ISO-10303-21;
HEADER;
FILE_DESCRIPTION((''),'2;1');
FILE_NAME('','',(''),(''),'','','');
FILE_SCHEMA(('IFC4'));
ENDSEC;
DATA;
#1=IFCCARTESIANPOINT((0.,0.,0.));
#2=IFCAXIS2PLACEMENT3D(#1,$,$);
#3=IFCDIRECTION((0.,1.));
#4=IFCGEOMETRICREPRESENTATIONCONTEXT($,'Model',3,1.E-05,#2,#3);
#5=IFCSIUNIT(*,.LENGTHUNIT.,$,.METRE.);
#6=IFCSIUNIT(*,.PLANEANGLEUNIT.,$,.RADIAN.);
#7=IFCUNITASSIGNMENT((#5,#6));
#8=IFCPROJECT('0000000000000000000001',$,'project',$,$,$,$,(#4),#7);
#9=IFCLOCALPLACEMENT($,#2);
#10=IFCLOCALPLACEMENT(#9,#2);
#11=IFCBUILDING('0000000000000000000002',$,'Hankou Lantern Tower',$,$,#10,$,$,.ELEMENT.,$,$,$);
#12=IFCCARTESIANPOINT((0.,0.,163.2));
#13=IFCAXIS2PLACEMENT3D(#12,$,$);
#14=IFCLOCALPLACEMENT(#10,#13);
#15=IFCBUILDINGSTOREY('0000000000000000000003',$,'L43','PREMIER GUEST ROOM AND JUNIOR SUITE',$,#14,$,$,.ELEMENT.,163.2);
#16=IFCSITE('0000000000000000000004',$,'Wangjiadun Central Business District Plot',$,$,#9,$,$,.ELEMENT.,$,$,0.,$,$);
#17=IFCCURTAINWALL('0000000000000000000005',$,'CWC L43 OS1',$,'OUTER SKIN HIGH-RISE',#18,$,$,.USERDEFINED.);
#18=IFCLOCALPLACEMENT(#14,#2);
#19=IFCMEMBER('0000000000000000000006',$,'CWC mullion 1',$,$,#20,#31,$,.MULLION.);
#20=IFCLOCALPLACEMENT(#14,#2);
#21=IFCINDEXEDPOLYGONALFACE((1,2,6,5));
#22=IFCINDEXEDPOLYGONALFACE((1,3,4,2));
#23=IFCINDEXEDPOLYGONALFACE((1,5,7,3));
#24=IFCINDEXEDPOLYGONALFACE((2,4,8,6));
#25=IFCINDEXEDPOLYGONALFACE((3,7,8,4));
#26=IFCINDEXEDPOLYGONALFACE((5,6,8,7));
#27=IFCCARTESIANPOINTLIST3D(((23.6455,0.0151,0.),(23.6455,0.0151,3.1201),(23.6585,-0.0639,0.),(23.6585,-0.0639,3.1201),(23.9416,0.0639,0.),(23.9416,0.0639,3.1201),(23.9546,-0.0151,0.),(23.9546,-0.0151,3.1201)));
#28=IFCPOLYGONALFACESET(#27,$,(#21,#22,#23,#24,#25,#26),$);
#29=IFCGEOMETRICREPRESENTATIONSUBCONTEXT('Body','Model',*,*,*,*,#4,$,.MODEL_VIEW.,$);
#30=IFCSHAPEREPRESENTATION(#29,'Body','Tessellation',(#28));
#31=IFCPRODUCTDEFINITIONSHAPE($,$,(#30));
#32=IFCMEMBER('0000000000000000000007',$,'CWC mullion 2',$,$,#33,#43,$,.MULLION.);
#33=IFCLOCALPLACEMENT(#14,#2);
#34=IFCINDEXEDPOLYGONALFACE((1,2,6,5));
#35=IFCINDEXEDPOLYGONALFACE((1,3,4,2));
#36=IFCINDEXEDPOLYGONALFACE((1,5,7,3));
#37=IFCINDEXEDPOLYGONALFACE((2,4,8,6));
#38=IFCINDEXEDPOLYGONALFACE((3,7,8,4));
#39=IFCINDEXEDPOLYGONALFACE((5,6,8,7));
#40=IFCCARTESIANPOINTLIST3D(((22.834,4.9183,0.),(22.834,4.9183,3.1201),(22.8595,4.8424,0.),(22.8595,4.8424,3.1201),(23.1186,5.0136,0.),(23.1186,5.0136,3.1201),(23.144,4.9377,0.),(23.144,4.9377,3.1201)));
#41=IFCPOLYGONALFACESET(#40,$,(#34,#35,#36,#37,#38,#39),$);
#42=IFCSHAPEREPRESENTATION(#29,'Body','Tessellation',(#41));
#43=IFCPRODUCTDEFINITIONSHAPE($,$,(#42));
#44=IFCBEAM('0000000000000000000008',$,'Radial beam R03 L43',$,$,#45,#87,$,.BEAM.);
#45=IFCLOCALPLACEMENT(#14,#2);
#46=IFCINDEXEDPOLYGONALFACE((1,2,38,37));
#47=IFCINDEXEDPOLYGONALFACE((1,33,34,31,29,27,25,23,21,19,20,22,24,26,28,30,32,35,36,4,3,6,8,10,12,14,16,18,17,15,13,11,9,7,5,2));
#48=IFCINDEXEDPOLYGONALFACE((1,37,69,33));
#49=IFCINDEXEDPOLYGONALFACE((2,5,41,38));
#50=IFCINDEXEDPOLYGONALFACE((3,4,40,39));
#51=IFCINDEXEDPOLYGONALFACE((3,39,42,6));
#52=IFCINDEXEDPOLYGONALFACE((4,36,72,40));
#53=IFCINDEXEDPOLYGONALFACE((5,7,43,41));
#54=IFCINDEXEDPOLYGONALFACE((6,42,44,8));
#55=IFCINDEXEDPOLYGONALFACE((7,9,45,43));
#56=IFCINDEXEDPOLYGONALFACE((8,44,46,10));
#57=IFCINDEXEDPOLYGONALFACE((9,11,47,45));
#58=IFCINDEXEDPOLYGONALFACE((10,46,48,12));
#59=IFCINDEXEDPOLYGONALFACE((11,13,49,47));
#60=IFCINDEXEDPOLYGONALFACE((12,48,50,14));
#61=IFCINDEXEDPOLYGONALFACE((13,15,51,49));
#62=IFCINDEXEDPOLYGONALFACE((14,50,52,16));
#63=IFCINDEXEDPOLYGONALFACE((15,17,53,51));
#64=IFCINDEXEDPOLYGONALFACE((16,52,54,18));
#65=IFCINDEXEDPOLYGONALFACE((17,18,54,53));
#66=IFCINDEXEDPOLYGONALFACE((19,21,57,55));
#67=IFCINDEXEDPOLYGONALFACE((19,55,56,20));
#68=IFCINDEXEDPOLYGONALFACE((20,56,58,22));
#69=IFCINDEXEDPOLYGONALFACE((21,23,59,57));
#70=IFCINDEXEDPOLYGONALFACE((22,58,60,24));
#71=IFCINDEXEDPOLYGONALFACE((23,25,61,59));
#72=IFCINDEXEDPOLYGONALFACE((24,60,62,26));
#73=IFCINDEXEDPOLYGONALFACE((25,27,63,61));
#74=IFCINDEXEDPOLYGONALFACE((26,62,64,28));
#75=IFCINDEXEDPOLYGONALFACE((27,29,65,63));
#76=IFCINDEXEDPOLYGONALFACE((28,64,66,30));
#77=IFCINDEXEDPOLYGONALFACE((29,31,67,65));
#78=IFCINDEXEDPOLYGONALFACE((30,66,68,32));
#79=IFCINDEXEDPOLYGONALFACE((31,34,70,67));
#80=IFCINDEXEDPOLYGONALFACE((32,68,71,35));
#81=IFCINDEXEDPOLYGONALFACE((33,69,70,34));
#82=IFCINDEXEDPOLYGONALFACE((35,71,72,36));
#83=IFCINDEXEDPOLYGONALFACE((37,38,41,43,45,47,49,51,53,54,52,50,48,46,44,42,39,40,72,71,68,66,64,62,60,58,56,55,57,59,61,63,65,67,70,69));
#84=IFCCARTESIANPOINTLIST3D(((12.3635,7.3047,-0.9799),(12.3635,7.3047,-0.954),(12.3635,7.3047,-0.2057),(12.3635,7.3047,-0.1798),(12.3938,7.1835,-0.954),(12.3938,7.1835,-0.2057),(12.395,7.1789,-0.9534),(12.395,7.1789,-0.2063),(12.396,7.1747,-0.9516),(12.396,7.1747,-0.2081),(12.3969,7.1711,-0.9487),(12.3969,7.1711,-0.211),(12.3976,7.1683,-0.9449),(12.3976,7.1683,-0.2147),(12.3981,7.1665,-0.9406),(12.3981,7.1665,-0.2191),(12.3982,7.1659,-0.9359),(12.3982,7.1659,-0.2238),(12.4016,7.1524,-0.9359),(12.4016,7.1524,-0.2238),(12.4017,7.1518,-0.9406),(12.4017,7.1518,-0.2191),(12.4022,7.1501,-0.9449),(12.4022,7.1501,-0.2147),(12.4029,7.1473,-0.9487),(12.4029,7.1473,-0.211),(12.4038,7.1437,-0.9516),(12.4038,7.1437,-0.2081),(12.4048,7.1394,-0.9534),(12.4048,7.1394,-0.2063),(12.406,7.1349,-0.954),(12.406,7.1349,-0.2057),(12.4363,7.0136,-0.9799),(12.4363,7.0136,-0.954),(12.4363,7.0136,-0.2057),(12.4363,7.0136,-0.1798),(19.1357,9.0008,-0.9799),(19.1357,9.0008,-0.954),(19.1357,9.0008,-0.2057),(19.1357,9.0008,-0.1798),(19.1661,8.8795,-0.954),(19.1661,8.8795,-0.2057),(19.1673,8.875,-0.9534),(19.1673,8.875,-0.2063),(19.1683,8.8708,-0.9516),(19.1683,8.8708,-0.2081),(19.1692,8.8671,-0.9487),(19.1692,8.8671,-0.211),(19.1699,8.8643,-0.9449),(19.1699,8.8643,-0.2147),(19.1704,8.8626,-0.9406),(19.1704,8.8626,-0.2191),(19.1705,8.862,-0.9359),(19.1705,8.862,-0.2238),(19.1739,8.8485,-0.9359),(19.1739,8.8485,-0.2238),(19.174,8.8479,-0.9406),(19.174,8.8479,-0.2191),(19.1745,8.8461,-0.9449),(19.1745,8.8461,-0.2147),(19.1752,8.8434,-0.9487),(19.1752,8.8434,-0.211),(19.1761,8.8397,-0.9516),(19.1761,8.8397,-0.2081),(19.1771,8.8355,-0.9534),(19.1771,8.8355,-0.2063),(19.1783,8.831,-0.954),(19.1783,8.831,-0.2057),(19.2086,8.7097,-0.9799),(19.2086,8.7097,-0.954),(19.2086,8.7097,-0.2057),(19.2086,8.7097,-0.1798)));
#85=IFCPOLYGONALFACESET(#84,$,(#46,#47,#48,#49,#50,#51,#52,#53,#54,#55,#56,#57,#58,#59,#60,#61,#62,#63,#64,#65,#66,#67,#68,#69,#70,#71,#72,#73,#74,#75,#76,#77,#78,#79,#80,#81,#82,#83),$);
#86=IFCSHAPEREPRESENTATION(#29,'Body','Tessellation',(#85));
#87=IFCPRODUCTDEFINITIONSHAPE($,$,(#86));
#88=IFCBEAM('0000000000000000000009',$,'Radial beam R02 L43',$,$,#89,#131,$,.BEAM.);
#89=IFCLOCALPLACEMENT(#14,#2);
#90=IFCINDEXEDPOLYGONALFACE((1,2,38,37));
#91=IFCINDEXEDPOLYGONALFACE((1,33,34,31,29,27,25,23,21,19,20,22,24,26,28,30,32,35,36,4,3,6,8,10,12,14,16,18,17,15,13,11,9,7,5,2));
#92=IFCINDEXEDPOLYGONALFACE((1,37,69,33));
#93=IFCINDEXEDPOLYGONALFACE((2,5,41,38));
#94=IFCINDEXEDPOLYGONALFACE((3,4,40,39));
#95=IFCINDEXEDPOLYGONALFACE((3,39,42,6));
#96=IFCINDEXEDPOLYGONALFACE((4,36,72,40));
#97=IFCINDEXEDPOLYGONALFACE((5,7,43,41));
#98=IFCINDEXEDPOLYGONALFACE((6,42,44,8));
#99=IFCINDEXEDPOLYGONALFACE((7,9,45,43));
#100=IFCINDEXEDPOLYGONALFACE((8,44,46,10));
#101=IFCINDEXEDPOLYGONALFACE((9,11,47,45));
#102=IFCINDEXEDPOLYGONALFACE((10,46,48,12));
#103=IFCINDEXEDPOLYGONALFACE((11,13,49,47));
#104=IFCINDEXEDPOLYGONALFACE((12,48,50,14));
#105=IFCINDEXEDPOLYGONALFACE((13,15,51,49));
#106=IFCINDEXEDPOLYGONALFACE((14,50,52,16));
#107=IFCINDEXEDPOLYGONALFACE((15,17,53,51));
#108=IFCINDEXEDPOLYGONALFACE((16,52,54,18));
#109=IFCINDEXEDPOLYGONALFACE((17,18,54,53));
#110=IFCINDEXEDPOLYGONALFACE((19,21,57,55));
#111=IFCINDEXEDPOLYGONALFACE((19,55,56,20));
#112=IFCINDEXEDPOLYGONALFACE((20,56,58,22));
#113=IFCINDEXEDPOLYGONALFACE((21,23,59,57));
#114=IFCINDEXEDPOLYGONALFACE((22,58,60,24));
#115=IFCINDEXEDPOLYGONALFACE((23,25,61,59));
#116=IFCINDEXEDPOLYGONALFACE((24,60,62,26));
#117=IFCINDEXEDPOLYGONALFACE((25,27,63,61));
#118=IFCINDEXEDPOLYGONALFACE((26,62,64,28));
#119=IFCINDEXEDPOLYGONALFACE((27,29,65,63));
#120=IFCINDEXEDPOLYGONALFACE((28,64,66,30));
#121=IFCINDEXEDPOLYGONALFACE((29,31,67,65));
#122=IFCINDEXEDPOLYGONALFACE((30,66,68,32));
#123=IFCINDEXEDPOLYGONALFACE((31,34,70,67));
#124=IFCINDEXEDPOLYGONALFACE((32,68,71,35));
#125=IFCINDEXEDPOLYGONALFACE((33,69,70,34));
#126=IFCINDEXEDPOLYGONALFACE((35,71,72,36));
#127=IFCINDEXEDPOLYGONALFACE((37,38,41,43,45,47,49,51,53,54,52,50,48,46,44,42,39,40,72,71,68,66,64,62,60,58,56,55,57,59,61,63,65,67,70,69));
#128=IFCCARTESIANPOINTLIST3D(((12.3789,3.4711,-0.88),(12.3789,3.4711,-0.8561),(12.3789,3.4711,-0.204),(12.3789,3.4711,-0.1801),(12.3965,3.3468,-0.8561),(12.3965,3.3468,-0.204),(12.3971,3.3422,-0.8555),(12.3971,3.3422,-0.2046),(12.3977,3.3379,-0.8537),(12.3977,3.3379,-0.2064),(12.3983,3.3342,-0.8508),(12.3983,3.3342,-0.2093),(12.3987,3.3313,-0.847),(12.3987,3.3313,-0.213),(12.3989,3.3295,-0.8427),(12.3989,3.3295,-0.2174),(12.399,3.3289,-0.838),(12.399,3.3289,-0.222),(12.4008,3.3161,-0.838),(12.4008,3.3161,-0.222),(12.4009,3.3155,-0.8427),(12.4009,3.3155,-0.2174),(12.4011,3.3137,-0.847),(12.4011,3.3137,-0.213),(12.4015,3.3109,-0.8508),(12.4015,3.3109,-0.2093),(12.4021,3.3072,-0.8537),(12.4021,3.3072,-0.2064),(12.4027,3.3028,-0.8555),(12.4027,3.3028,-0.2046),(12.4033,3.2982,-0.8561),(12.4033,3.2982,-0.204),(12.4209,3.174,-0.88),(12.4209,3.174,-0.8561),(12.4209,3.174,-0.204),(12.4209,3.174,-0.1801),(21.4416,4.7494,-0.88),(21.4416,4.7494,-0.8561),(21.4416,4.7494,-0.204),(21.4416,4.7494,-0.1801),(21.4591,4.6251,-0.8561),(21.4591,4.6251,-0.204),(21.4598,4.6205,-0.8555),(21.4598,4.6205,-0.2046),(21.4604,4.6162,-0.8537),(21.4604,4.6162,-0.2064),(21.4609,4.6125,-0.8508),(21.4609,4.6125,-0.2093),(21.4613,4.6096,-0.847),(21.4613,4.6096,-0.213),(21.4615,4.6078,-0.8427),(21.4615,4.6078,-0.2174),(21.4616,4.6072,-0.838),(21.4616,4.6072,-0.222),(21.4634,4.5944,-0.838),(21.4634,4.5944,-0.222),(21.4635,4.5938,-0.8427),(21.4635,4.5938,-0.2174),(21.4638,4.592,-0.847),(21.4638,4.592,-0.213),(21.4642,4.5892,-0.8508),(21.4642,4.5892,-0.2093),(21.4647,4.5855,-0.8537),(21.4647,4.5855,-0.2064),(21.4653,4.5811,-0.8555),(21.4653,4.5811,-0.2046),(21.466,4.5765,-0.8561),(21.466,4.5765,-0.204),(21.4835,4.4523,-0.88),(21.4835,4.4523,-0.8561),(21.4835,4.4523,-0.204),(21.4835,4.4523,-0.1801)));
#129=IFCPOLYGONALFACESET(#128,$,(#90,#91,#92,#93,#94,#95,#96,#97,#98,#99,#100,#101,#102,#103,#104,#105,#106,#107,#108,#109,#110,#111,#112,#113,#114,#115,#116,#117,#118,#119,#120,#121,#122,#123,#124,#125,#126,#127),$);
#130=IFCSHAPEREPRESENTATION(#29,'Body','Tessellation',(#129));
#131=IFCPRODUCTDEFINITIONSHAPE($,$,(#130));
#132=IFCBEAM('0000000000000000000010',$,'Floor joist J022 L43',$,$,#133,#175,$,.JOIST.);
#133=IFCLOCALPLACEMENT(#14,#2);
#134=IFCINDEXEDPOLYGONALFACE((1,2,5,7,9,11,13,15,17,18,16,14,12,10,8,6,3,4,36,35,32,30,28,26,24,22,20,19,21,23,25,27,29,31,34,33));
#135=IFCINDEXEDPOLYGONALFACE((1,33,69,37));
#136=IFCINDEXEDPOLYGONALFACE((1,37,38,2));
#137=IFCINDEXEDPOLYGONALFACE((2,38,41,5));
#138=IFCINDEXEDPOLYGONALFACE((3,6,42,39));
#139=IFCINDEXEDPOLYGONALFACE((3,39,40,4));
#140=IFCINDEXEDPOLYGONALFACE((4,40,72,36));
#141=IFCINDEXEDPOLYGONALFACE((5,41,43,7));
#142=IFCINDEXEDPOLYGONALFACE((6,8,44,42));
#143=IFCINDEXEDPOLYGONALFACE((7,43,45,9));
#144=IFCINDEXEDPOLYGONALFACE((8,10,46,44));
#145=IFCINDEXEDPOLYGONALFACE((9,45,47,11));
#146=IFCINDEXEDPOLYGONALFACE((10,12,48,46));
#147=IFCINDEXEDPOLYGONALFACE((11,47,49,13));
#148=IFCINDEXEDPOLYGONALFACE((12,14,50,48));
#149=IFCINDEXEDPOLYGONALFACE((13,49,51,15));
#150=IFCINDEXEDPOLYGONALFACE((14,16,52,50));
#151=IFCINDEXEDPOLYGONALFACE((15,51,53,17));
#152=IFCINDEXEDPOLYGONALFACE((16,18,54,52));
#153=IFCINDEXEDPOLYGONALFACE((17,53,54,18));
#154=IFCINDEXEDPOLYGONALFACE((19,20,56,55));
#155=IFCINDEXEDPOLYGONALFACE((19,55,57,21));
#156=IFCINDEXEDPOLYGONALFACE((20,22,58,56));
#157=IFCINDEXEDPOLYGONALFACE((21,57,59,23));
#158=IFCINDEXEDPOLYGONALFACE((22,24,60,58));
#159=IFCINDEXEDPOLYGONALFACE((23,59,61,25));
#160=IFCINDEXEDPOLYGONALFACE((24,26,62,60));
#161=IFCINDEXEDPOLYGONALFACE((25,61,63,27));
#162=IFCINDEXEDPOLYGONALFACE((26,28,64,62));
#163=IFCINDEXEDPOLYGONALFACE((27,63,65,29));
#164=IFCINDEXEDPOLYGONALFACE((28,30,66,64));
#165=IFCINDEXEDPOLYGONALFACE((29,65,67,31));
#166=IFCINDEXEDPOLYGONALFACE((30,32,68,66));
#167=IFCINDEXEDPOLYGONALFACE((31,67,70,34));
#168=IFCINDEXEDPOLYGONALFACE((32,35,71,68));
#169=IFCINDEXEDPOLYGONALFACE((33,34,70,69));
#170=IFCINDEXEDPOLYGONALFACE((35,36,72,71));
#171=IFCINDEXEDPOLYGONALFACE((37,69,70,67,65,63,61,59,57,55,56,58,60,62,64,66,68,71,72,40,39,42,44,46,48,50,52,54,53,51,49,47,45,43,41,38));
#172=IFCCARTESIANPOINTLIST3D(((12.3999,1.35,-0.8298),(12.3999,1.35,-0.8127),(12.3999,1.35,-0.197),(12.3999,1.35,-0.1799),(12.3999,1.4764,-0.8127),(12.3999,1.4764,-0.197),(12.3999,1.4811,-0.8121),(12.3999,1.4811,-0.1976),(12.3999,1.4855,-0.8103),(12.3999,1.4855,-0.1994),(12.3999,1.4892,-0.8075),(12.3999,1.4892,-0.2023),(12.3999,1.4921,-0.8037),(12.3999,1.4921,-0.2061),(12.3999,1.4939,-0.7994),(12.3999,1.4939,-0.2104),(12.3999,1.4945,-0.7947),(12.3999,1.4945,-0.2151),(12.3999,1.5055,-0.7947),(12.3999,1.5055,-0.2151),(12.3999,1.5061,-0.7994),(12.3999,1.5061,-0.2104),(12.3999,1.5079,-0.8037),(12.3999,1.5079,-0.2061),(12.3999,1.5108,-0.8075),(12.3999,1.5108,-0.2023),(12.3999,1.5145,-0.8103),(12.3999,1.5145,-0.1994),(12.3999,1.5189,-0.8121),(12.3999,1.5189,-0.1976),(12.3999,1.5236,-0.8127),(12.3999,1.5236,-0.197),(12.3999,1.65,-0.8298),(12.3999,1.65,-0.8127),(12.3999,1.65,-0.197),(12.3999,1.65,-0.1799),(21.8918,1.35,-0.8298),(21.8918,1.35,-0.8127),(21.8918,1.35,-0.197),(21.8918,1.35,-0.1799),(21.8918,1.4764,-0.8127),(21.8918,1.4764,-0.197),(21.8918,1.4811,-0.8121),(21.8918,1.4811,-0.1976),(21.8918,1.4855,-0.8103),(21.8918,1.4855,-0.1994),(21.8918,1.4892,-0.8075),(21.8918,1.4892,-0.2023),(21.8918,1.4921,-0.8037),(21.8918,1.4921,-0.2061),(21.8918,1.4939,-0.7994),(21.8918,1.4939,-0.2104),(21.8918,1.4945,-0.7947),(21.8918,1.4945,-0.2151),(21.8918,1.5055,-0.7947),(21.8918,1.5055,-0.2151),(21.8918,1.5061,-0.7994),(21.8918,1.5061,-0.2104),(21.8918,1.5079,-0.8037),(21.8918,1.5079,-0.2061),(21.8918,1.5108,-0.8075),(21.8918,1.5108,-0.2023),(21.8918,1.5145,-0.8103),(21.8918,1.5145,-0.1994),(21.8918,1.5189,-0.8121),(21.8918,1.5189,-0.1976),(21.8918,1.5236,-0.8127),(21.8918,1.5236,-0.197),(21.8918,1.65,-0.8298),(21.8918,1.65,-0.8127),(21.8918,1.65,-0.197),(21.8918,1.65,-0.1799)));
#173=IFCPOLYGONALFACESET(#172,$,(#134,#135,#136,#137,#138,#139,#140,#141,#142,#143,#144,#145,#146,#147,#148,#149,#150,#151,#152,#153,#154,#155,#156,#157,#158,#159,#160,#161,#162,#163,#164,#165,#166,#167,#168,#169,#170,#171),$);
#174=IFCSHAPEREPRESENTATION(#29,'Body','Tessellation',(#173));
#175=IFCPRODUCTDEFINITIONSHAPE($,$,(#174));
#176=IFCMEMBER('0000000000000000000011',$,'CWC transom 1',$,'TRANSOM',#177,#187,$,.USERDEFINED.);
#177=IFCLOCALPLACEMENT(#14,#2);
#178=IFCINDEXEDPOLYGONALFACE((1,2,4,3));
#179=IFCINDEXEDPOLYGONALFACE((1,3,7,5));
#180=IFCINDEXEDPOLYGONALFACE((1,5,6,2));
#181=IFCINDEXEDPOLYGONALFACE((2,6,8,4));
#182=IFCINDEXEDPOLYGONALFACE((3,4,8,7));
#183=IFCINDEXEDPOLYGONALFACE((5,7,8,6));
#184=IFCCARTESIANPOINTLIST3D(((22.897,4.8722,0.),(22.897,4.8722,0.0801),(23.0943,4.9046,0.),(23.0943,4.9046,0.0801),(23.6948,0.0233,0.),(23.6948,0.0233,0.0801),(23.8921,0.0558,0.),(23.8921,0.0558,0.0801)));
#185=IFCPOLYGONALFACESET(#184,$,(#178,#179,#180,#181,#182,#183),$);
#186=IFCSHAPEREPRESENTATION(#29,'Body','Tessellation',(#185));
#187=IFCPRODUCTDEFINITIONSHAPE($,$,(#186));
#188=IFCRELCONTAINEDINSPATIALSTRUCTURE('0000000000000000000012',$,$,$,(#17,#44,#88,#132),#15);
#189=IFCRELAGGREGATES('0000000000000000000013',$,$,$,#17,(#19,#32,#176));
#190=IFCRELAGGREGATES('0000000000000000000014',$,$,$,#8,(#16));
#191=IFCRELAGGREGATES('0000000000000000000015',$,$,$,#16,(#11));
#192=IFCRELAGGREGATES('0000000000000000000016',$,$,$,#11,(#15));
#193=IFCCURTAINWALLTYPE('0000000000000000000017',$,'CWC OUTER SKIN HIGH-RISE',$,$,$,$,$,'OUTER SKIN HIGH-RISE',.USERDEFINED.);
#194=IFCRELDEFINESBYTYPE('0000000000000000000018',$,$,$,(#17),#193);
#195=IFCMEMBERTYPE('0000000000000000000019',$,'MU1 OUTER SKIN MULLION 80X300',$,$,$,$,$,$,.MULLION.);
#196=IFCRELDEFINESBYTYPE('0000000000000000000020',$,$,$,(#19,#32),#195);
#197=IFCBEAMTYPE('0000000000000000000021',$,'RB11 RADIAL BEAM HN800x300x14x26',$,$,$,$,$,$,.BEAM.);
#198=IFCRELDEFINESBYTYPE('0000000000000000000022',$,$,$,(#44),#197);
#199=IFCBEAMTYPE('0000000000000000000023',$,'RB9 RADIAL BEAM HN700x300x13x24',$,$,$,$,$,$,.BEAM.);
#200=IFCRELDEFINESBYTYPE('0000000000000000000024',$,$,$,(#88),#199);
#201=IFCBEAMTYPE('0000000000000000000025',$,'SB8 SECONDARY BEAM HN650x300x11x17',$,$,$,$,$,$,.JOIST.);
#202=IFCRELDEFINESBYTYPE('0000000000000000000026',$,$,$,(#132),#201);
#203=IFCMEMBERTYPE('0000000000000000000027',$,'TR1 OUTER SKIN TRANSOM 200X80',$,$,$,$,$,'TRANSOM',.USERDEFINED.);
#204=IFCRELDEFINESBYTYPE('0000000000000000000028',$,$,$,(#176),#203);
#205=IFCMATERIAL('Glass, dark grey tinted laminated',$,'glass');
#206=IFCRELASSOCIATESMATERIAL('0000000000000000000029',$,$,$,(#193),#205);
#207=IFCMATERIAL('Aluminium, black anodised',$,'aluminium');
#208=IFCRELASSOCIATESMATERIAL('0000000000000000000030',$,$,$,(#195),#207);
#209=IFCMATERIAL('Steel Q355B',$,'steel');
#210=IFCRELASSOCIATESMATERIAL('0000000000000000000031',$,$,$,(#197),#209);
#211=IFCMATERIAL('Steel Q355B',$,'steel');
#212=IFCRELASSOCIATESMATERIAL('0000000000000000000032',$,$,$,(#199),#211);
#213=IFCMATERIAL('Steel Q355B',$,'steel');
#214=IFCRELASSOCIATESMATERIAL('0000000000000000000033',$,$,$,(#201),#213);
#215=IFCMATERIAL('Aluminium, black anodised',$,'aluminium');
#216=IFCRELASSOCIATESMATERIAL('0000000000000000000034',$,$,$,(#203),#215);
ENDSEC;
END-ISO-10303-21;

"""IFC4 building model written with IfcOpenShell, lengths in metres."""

from ifc_helpers import new_model, si_unit, direction, frame, origin, origin_2d, place, context, subcontext, project, spatial, rectangle, i_section, extrude, material, material_profile, profile_set, type_object, element, aggregate, save


model = new_model("IFC4")

# Units and contexts
model_context = context("Model", 3, precision=1e-05, world=origin(), true_north=direction((0.0, 1.0)))
body_context = subcontext(model_context, "Body", "Model", "MODEL_VIEW")
ifc_project = project(units=[si_unit("LENGTHUNIT", "METRE"), si_unit("PLANEANGLEUNIT", "RADIAN")], contexts=[model_context])

# Site, building, storey
site_placement = place(None, origin())
site = spatial("IfcSite", under=ifc_project, at=site_placement, Name="Wangjiadun Central Business District Plot", CompositionType="ELEMENT", RefElevation=0.0)
building_placement = place(site_placement, origin())
building = spatial("IfcBuilding", under=site, at=building_placement, Name="Hankou Lantern Tower", CompositionType="ELEMENT")
storey_placement = place(building_placement, frame((0.0, 0.0, 163.2)))
storey = spatial("IfcBuildingStorey", under=building, at=storey_placement, Name="L43", Description="PREMIER GUEST ROOM AND JUNIOR SUITE", CompositionType="ELEMENT", Elevation=163.2)

# Curtain wall, members
ifc_material_1 = material(Name="Glass, dark grey tinted laminated", Category="glass")
curtain_wall_type = type_object("IfcCurtainWallType", Name="CWC OUTER SKIN HIGH-RISE", ElementType="OUTER SKIN HIGH-RISE", PredefinedType="USERDEFINED", material=ifc_material_1)
curtain_wall_placement = place(storey_placement, origin())
curtain_wall = element("IfcCurtainWall", 1, at=curtain_wall_placement, inside=storey, type_object=curtain_wall_type, Name="CWC L43 OS1", ObjectType="OUTER SKIN HIGH-RISE", PredefinedType="USERDEFINED")
ifc_material_2 = material(Name="Aluminium, black anodised", Category="aluminium")
ifc_material_profile_1 = material_profile(ifc_material_2, rectangle(XDim=0.0801, YDim=0.3, at=origin_2d()), Name="MU1 80X300")
ifc_profile_set_1 = profile_set([ifc_material_profile_1], Name="Aluminium, black anodised")
member_type_1 = type_object("IfcMemberType", Name="MU1 OUTER SKIN MULLION 80X300", PredefinedType="MULLION", material=ifc_profile_set_1)
member_1_placement = place(storey_placement, frame((23.8, 0.0, 0.0), z_axis=(0.0, 0.0, 1.0), x_axis=(-0.162382, 0.986728, 0.0)))
member_1 = element("IfcMember", 2, at=member_1_placement, type_object=member_type_1, Name="CWC mullion 1", PredefinedType="MULLION", context=body_context, shape_type="SweptSolid", body=[
    extrude(rectangle(XDim=0.0801, YDim=0.3, at=origin_2d()), origin(), (0.0, 0.0, 1.0), 3.1201),
])
member_2_placement = place(storey_placement, frame((22.989, 4.928, 0.0), z_axis=(0.0, 0.0, 1.0), x_axis=(-0.317596, 0.948226, 0.0)))
member_2 = element("IfcMember", 3, at=member_2_placement, type_object=member_type_1, Name="CWC mullion 2", PredefinedType="MULLION", context=body_context, shape_type="SweptSolid", body=[
    extrude(rectangle(XDim=0.0801, YDim=0.3, at=origin_2d()), origin(), (0.0, 0.0, 1.0), 3.1201),
])

# Beams
ifc_material_3 = material(Name="Steel Q355B", Category="steel")
ifc_material_profile_2 = material_profile(ifc_material_3, i_section(OverallWidth=0.3, OverallDepth=0.8, WebThickness=0.0139, FlangeThickness=0.0259, FilletRadius=0.0181, at=origin_2d()), Name="HN800x300x14x26")
ifc_profile_set_2 = profile_set([ifc_material_profile_2], Name="Steel Q355B")
beam_type_1 = type_object("IfcBeamType", Name="RB11 RADIAL BEAM HN800x300x14x26", PredefinedType="BEAM", material=ifc_profile_set_2)
beam_1_placement = place(storey_placement, frame((12.3999, 7.1592, -0.5798), z_axis=(0.970042, 0.242939, 0.0), x_axis=(-0.242939, 0.970042, 0.0)))
element("IfcBeam", 4, at=beam_1_placement, inside=storey, type_object=beam_type_1, Name="Radial beam R03 L43", PredefinedType="BEAM", context=body_context, shape_type="SweptSolid", body=[
    extrude(i_section(OverallWidth=0.3, OverallDepth=0.8, WebThickness=0.0139, FlangeThickness=0.0259, FilletRadius=0.0181, at=origin_2d()), origin(), (0.0, 0.0, 1.0), 6.9814),
])
ifc_material_4 = material(Name="Steel Q355B", Category="steel")
ifc_material_profile_3 = material_profile(ifc_material_4, i_section(OverallWidth=0.3, OverallDepth=0.7, WebThickness=0.0129, FlangeThickness=0.0239, FilletRadius=0.0181, at=origin_2d()), Name="HN700x300x13x24")
ifc_profile_set_3 = profile_set([ifc_material_profile_3], Name="Steel Q355B")
beam_type_2 = type_object("IfcBeamType", Name="RB9 RADIAL BEAM HN700x300x13x24", PredefinedType="BEAM", material=ifc_profile_set_3)
beam_2_placement = place(storey_placement, frame((12.3999, 3.3225, -0.53), z_axis=(0.990198, 0.13967, 0.0), x_axis=(-0.13967, 0.990198, 0.0)))
element("IfcBeam", 5, at=beam_2_placement, inside=storey, type_object=beam_type_2, Name="Radial beam R02 L43", PredefinedType="BEAM", context=body_context, shape_type="SweptSolid", body=[
    extrude(i_section(OverallWidth=0.3, OverallDepth=0.7, WebThickness=0.0129, FlangeThickness=0.0239, FilletRadius=0.0181, at=origin_2d()), origin(), (0.0, 0.0, 1.0), 9.1523),
])
ifc_material_5 = material(Name="Steel Q355B", Category="steel")
ifc_material_profile_4 = material_profile(ifc_material_5, i_section(OverallWidth=0.3, OverallDepth=0.6499, WebThickness=0.011, FlangeThickness=0.0171, FilletRadius=0.0181, at=origin_2d()), Name="HN650x300x11x17")
ifc_profile_set_4 = profile_set([ifc_material_profile_4], Name="Steel Q355B")
beam_type_3 = type_object("IfcBeamType", Name="SB8 SECONDARY BEAM HN650x300x11x17", PredefinedType="JOIST", material=ifc_profile_set_4)
beam_3_placement = place(storey_placement, frame((12.3999, 1.5, -0.5049), z_axis=(1.0, 0.0, 0.0), x_axis=(0.0, 1.0, 0.0)))
element("IfcBeam", 6, at=beam_3_placement, inside=storey, type_object=beam_type_3, Name="Floor joist J022 L43", PredefinedType="JOIST", context=body_context, shape_type="SweptSolid", body=[
    extrude(i_section(OverallWidth=0.3, OverallDepth=0.6499, WebThickness=0.011, FlangeThickness=0.0171, FilletRadius=0.0181, at=origin_2d()), origin(), (0.0, 0.0, 1.0), 9.4919),
])

# Member
ifc_material_6 = material(Name="Aluminium, black anodised", Category="aluminium")
ifc_material_profile_5 = material_profile(ifc_material_6, rectangle(XDim=0.2, YDim=0.0801, at=origin_2d()), Name="TR1 200X80")
ifc_profile_set_5 = profile_set([ifc_material_profile_5], Name="Aluminium, black anodised")
member_type_2 = type_object("IfcMemberType", Name="TR1 OUTER SKIN TRANSOM 200X80", ElementType="TRANSOM", PredefinedType="USERDEFINED", material=ifc_profile_set_5)
member_3_placement = place(storey_placement, frame((23.7935, 0.0396, 0.04), z_axis=(-0.16236, 0.986732, 0.0), x_axis=(-0.986732, -0.16236, 0.0)))
member_3 = element("IfcMember", 7, at=member_3_placement, type_object=member_type_2, Name="CWC transom 1", ObjectType="TRANSOM", PredefinedType="USERDEFINED", context=body_context, shape_type="SweptSolid", body=[
    extrude(rectangle(XDim=0.2, YDim=0.0801, at=origin_2d()), origin(), (0.0, 0.0, 1.0), 4.9141),
])

aggregate(curtain_wall, [member_1, member_2, member_3])

save(model, "model.ifc")
